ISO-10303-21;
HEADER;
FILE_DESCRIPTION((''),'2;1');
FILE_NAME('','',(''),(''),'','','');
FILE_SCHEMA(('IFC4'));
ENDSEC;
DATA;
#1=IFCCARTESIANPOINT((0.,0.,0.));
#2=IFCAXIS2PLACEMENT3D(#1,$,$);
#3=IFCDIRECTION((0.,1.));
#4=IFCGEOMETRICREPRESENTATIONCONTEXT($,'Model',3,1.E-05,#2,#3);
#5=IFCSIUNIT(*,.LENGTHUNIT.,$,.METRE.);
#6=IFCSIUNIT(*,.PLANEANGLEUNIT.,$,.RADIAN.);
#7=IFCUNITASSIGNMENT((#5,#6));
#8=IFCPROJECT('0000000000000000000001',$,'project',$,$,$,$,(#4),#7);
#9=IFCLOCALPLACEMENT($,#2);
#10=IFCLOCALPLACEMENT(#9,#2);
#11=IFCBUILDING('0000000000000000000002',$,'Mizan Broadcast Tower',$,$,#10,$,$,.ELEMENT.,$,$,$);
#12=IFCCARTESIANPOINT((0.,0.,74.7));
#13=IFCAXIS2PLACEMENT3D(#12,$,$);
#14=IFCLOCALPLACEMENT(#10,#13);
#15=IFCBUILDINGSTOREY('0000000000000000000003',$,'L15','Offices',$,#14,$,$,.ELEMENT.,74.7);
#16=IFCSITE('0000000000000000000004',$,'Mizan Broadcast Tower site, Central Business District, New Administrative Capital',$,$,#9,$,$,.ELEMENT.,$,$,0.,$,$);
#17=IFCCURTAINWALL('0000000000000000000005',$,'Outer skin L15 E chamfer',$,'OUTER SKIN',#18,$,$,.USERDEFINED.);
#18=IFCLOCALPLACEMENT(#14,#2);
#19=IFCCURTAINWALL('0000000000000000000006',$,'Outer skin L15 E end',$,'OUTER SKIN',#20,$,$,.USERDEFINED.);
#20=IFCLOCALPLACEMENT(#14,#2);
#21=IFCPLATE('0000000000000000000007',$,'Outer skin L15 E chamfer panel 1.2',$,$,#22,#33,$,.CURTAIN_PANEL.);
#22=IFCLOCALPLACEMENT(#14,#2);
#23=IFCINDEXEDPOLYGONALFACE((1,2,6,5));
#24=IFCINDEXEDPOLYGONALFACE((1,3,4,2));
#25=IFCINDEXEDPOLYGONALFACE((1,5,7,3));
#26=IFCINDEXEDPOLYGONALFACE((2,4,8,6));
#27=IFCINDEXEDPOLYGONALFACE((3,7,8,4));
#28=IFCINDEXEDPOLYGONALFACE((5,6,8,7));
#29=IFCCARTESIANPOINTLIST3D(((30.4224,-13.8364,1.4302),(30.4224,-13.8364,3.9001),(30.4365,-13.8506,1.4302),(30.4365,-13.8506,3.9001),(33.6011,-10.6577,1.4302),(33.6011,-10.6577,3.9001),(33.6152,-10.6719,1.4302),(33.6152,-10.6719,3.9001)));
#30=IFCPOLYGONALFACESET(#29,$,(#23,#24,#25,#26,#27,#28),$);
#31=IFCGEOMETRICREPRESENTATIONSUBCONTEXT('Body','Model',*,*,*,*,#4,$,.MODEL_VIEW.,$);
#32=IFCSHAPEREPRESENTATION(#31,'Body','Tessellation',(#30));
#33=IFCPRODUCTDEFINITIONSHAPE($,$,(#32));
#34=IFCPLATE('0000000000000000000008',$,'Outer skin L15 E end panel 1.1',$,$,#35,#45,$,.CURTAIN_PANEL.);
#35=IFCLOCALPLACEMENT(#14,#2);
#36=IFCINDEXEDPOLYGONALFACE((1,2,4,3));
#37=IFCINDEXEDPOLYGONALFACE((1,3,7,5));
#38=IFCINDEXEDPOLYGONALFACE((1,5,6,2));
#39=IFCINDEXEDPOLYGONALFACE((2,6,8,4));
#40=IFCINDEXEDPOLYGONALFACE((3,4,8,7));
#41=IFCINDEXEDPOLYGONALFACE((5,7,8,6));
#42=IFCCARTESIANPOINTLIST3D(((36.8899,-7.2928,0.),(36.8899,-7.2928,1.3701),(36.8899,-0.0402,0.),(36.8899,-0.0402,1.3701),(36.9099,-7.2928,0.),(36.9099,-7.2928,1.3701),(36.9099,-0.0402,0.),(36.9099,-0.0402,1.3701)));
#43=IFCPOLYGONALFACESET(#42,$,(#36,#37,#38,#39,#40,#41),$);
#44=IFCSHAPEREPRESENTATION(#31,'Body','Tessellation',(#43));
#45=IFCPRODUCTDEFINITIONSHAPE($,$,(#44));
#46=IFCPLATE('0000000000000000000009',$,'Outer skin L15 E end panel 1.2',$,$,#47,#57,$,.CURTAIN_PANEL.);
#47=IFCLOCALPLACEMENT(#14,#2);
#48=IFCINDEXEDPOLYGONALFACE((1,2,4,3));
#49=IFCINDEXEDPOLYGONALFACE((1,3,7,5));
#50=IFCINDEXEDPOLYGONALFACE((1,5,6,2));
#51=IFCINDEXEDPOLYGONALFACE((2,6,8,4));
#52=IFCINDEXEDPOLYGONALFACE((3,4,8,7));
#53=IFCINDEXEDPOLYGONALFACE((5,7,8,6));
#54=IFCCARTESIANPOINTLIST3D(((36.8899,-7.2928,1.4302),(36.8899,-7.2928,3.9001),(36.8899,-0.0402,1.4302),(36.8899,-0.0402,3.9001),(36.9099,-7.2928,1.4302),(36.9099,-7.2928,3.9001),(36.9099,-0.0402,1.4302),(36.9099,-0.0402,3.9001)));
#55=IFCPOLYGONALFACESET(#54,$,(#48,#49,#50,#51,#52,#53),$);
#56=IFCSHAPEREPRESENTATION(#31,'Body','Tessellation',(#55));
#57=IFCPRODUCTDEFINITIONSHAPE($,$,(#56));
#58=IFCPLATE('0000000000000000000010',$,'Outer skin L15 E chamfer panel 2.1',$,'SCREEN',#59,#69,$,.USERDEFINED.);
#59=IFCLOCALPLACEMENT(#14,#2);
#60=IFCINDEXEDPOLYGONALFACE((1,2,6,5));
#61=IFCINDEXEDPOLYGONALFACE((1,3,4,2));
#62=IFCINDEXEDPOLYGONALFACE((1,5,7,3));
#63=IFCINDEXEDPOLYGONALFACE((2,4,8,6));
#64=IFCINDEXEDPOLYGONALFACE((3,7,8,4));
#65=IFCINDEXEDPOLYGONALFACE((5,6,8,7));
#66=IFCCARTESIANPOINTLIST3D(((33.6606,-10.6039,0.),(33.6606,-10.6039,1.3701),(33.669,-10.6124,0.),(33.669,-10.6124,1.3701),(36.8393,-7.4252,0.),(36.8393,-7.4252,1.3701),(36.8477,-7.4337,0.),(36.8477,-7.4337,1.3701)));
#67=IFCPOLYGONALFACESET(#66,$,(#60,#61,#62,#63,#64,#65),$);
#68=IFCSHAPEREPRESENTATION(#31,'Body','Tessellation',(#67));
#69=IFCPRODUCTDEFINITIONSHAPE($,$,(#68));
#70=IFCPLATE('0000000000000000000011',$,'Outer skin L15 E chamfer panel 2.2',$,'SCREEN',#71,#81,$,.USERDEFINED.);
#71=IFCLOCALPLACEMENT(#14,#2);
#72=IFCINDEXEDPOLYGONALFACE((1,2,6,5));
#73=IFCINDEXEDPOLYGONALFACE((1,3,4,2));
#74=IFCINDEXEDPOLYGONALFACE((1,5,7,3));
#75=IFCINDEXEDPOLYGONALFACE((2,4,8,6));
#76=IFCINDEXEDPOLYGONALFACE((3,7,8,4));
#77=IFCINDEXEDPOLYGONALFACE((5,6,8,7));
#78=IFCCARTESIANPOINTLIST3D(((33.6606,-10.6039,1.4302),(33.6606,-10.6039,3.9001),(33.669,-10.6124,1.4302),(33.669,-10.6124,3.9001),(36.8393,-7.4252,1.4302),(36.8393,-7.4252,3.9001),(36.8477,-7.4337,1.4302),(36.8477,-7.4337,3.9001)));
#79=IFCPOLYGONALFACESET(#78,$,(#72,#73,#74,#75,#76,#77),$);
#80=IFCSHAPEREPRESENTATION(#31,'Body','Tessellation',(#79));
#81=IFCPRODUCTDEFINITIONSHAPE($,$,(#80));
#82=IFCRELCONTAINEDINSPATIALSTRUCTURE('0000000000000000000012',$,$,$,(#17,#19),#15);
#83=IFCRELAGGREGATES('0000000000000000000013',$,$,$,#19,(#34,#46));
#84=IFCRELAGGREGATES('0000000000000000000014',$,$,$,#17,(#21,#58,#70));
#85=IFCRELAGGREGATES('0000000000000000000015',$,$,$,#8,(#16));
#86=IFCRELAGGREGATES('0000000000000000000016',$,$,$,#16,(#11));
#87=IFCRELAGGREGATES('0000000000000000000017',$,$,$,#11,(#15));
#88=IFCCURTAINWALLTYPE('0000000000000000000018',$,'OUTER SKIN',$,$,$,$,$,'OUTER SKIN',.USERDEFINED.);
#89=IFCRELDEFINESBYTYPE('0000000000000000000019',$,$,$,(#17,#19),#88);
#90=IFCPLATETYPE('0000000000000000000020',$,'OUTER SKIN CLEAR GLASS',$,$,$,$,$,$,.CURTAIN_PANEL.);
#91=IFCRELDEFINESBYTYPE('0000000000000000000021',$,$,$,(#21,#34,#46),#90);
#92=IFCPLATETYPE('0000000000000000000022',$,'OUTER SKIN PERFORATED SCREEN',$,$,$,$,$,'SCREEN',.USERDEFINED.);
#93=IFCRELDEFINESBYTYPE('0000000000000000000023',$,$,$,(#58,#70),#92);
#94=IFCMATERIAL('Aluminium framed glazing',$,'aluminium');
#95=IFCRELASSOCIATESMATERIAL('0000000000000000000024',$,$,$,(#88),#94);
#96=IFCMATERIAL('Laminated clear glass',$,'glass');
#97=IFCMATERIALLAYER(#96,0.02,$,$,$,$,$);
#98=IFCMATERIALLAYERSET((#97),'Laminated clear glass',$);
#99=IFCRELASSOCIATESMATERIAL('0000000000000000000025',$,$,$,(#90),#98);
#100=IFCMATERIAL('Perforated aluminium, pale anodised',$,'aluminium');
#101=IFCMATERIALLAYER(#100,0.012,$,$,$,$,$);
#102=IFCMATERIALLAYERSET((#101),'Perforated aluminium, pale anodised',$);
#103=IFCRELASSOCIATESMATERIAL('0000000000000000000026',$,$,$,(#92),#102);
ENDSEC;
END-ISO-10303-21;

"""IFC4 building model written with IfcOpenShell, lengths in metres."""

from ifc_helpers import new_model, si_unit, direction, frame, origin, origin_2d, place, context, subcontext, project, spatial, rectangle, extrude, material, layer, layer_set, type_object, element, aggregate, save


model = new_model("IFC4")

# Units and contexts
model_context = context("Model", 3, precision=1e-05, world=origin(), true_north=direction((0.0, 1.0)))
body_context = subcontext(model_context, "Body", "Model", "MODEL_VIEW")
ifc_project = project(units=[si_unit("LENGTHUNIT", "METRE"), si_unit("PLANEANGLEUNIT", "RADIAN")], contexts=[model_context])

# Site, building, storey
site_placement = place(None, origin())
site = spatial("IfcSite", under=ifc_project, at=site_placement, Name="Mizan Broadcast Tower site, Central Business District, New Administrative Capital", CompositionType="ELEMENT", RefElevation=0.0)
building_placement = place(site_placement, origin())
building = spatial("IfcBuilding", under=site, at=building_placement, Name="Mizan Broadcast Tower", CompositionType="ELEMENT")
storey_placement = place(building_placement, frame((0.0, 0.0, 74.7)))
storey = spatial("IfcBuildingStorey", under=building, at=storey_placement, Name="L15", Description="Offices", CompositionType="ELEMENT", Elevation=74.7)

# Curtain wall
ifc_material_1 = material(Name="Aluminium framed glazing", Category="aluminium")
curtain_wall_type_1 = type_object("IfcCurtainWallType", Name="OUTER SKIN", ElementType="OUTER SKIN", PredefinedType="USERDEFINED", material=ifc_material_1)
curtain_wall_1_placement = place(storey_placement, origin())
curtain_wall_1 = element("IfcCurtainWall", 1, at=curtain_wall_1_placement, inside=storey, type_object=curtain_wall_type_1, Name="Outer skin L15 E chamfer", ObjectType="OUTER SKIN", PredefinedType="USERDEFINED")

# Curtain wall
curtain_wall_2_placement = place(storey_placement, origin())
curtain_wall_2 = element("IfcCurtainWall", 2, at=curtain_wall_2_placement, inside=storey, type_object=curtain_wall_type_1, Name="Outer skin L15 E end", ObjectType="OUTER SKIN", PredefinedType="USERDEFINED")

# Plates
ifc_material_2 = material(Name="Laminated clear glass", Category="glass")
ifc_layer_1 = layer(ifc_material_2, 0.02)
ifc_layer_set_1 = layer_set([ifc_layer_1], Name="Laminated clear glass")
plate_type_1 = type_object("IfcPlateType", Name="OUTER SKIN CLEAR GLASS", PredefinedType="CURTAIN_PANEL", material=ifc_layer_set_1)
plate_1_placement = place(storey_placement, frame((32.0188, -12.2542, 1.4302), z_axis=(0.0, 0.0, 1.0), x_axis=(0.707107, 0.707107, 0.0)))
plate_1 = element("IfcPlate", 3, at=plate_1_placement, type_object=plate_type_1, Name="Outer skin L15 E chamfer panel 1.2", PredefinedType="CURTAIN_PANEL", context=body_context, shape_type="SweptSolid", body=[
    extrude(rectangle(XDim=4.4954, YDim=0.02, at=origin_2d()), origin(), (0.0, 0.0, 1.0), 2.47),
])
plate_2_placement = place(storey_placement, frame((36.8999, -3.6665, 0.0), z_axis=(0.0, 0.0, 1.0), x_axis=(0.0, 1.0, 0.0)))
plate_2 = element("IfcPlate", 4, at=plate_2_placement, type_object=plate_type_1, Name="Outer skin L15 E end panel 1.1", PredefinedType="CURTAIN_PANEL", context=body_context, shape_type="SweptSolid", body=[
    extrude(rectangle(XDim=7.2527, YDim=0.02, at=origin_2d()), origin(), (0.0, 0.0, 1.0), 1.3701),
])
plate_3_placement = place(storey_placement, frame((36.8999, -3.6665, 1.4302), z_axis=(0.0, 0.0, 1.0), x_axis=(0.0, 1.0, 0.0)))
plate_3 = element("IfcPlate", 5, at=plate_3_placement, type_object=plate_type_1, Name="Outer skin L15 E end panel 1.2", PredefinedType="CURTAIN_PANEL", context=body_context, shape_type="SweptSolid", body=[
    extrude(rectangle(XDim=7.2527, YDim=0.02, at=origin_2d()), origin(), (0.0, 0.0, 1.0), 2.47),
])
aggregate(curtain_wall_2, [plate_2, plate_3])
ifc_material_3 = material(Name="Perforated aluminium, pale anodised", Category="aluminium")
ifc_layer_2 = layer(ifc_material_3, 0.012)
ifc_layer_set_2 = layer_set([ifc_layer_2], Name="Perforated aluminium, pale anodised")
plate_type_2 = type_object("IfcPlateType", Name="OUTER SKIN PERFORATED SCREEN", ElementType="SCREEN", PredefinedType="USERDEFINED", material=ifc_layer_set_2)
plate_4_placement = place(storey_placement, frame((35.2542, -9.0188, 0.0), z_axis=(0.0, 0.0, 1.0), x_axis=(0.707107, 0.707107, 0.0)))
plate_4 = element("IfcPlate", 6, at=plate_4_placement, type_object=plate_type_2, Name="Outer skin L15 E chamfer panel 2.1", ObjectType="SCREEN", PredefinedType="USERDEFINED", context=body_context, shape_type="SweptSolid", body=[
    extrude(rectangle(XDim=4.4954, YDim=0.012, at=origin_2d()), origin(), (0.0, 0.0, 1.0), 1.3701),
])
plate_5_placement = place(storey_placement, frame((35.2542, -9.0188, 1.4302), z_axis=(0.0, 0.0, 1.0), x_axis=(0.707107, 0.707107, 0.0)))
plate_5 = element("IfcPlate", 7, at=plate_5_placement, type_object=plate_type_2, Name="Outer skin L15 E chamfer panel 2.2", ObjectType="SCREEN", PredefinedType="USERDEFINED", context=body_context, shape_type="SweptSolid", body=[
    extrude(rectangle(XDim=4.4954, YDim=0.012, at=origin_2d()), origin(), (0.0, 0.0, 1.0), 2.47),
])
aggregate(curtain_wall_1, [plate_1, plate_4, plate_5])

save(model, "model.ifc")
